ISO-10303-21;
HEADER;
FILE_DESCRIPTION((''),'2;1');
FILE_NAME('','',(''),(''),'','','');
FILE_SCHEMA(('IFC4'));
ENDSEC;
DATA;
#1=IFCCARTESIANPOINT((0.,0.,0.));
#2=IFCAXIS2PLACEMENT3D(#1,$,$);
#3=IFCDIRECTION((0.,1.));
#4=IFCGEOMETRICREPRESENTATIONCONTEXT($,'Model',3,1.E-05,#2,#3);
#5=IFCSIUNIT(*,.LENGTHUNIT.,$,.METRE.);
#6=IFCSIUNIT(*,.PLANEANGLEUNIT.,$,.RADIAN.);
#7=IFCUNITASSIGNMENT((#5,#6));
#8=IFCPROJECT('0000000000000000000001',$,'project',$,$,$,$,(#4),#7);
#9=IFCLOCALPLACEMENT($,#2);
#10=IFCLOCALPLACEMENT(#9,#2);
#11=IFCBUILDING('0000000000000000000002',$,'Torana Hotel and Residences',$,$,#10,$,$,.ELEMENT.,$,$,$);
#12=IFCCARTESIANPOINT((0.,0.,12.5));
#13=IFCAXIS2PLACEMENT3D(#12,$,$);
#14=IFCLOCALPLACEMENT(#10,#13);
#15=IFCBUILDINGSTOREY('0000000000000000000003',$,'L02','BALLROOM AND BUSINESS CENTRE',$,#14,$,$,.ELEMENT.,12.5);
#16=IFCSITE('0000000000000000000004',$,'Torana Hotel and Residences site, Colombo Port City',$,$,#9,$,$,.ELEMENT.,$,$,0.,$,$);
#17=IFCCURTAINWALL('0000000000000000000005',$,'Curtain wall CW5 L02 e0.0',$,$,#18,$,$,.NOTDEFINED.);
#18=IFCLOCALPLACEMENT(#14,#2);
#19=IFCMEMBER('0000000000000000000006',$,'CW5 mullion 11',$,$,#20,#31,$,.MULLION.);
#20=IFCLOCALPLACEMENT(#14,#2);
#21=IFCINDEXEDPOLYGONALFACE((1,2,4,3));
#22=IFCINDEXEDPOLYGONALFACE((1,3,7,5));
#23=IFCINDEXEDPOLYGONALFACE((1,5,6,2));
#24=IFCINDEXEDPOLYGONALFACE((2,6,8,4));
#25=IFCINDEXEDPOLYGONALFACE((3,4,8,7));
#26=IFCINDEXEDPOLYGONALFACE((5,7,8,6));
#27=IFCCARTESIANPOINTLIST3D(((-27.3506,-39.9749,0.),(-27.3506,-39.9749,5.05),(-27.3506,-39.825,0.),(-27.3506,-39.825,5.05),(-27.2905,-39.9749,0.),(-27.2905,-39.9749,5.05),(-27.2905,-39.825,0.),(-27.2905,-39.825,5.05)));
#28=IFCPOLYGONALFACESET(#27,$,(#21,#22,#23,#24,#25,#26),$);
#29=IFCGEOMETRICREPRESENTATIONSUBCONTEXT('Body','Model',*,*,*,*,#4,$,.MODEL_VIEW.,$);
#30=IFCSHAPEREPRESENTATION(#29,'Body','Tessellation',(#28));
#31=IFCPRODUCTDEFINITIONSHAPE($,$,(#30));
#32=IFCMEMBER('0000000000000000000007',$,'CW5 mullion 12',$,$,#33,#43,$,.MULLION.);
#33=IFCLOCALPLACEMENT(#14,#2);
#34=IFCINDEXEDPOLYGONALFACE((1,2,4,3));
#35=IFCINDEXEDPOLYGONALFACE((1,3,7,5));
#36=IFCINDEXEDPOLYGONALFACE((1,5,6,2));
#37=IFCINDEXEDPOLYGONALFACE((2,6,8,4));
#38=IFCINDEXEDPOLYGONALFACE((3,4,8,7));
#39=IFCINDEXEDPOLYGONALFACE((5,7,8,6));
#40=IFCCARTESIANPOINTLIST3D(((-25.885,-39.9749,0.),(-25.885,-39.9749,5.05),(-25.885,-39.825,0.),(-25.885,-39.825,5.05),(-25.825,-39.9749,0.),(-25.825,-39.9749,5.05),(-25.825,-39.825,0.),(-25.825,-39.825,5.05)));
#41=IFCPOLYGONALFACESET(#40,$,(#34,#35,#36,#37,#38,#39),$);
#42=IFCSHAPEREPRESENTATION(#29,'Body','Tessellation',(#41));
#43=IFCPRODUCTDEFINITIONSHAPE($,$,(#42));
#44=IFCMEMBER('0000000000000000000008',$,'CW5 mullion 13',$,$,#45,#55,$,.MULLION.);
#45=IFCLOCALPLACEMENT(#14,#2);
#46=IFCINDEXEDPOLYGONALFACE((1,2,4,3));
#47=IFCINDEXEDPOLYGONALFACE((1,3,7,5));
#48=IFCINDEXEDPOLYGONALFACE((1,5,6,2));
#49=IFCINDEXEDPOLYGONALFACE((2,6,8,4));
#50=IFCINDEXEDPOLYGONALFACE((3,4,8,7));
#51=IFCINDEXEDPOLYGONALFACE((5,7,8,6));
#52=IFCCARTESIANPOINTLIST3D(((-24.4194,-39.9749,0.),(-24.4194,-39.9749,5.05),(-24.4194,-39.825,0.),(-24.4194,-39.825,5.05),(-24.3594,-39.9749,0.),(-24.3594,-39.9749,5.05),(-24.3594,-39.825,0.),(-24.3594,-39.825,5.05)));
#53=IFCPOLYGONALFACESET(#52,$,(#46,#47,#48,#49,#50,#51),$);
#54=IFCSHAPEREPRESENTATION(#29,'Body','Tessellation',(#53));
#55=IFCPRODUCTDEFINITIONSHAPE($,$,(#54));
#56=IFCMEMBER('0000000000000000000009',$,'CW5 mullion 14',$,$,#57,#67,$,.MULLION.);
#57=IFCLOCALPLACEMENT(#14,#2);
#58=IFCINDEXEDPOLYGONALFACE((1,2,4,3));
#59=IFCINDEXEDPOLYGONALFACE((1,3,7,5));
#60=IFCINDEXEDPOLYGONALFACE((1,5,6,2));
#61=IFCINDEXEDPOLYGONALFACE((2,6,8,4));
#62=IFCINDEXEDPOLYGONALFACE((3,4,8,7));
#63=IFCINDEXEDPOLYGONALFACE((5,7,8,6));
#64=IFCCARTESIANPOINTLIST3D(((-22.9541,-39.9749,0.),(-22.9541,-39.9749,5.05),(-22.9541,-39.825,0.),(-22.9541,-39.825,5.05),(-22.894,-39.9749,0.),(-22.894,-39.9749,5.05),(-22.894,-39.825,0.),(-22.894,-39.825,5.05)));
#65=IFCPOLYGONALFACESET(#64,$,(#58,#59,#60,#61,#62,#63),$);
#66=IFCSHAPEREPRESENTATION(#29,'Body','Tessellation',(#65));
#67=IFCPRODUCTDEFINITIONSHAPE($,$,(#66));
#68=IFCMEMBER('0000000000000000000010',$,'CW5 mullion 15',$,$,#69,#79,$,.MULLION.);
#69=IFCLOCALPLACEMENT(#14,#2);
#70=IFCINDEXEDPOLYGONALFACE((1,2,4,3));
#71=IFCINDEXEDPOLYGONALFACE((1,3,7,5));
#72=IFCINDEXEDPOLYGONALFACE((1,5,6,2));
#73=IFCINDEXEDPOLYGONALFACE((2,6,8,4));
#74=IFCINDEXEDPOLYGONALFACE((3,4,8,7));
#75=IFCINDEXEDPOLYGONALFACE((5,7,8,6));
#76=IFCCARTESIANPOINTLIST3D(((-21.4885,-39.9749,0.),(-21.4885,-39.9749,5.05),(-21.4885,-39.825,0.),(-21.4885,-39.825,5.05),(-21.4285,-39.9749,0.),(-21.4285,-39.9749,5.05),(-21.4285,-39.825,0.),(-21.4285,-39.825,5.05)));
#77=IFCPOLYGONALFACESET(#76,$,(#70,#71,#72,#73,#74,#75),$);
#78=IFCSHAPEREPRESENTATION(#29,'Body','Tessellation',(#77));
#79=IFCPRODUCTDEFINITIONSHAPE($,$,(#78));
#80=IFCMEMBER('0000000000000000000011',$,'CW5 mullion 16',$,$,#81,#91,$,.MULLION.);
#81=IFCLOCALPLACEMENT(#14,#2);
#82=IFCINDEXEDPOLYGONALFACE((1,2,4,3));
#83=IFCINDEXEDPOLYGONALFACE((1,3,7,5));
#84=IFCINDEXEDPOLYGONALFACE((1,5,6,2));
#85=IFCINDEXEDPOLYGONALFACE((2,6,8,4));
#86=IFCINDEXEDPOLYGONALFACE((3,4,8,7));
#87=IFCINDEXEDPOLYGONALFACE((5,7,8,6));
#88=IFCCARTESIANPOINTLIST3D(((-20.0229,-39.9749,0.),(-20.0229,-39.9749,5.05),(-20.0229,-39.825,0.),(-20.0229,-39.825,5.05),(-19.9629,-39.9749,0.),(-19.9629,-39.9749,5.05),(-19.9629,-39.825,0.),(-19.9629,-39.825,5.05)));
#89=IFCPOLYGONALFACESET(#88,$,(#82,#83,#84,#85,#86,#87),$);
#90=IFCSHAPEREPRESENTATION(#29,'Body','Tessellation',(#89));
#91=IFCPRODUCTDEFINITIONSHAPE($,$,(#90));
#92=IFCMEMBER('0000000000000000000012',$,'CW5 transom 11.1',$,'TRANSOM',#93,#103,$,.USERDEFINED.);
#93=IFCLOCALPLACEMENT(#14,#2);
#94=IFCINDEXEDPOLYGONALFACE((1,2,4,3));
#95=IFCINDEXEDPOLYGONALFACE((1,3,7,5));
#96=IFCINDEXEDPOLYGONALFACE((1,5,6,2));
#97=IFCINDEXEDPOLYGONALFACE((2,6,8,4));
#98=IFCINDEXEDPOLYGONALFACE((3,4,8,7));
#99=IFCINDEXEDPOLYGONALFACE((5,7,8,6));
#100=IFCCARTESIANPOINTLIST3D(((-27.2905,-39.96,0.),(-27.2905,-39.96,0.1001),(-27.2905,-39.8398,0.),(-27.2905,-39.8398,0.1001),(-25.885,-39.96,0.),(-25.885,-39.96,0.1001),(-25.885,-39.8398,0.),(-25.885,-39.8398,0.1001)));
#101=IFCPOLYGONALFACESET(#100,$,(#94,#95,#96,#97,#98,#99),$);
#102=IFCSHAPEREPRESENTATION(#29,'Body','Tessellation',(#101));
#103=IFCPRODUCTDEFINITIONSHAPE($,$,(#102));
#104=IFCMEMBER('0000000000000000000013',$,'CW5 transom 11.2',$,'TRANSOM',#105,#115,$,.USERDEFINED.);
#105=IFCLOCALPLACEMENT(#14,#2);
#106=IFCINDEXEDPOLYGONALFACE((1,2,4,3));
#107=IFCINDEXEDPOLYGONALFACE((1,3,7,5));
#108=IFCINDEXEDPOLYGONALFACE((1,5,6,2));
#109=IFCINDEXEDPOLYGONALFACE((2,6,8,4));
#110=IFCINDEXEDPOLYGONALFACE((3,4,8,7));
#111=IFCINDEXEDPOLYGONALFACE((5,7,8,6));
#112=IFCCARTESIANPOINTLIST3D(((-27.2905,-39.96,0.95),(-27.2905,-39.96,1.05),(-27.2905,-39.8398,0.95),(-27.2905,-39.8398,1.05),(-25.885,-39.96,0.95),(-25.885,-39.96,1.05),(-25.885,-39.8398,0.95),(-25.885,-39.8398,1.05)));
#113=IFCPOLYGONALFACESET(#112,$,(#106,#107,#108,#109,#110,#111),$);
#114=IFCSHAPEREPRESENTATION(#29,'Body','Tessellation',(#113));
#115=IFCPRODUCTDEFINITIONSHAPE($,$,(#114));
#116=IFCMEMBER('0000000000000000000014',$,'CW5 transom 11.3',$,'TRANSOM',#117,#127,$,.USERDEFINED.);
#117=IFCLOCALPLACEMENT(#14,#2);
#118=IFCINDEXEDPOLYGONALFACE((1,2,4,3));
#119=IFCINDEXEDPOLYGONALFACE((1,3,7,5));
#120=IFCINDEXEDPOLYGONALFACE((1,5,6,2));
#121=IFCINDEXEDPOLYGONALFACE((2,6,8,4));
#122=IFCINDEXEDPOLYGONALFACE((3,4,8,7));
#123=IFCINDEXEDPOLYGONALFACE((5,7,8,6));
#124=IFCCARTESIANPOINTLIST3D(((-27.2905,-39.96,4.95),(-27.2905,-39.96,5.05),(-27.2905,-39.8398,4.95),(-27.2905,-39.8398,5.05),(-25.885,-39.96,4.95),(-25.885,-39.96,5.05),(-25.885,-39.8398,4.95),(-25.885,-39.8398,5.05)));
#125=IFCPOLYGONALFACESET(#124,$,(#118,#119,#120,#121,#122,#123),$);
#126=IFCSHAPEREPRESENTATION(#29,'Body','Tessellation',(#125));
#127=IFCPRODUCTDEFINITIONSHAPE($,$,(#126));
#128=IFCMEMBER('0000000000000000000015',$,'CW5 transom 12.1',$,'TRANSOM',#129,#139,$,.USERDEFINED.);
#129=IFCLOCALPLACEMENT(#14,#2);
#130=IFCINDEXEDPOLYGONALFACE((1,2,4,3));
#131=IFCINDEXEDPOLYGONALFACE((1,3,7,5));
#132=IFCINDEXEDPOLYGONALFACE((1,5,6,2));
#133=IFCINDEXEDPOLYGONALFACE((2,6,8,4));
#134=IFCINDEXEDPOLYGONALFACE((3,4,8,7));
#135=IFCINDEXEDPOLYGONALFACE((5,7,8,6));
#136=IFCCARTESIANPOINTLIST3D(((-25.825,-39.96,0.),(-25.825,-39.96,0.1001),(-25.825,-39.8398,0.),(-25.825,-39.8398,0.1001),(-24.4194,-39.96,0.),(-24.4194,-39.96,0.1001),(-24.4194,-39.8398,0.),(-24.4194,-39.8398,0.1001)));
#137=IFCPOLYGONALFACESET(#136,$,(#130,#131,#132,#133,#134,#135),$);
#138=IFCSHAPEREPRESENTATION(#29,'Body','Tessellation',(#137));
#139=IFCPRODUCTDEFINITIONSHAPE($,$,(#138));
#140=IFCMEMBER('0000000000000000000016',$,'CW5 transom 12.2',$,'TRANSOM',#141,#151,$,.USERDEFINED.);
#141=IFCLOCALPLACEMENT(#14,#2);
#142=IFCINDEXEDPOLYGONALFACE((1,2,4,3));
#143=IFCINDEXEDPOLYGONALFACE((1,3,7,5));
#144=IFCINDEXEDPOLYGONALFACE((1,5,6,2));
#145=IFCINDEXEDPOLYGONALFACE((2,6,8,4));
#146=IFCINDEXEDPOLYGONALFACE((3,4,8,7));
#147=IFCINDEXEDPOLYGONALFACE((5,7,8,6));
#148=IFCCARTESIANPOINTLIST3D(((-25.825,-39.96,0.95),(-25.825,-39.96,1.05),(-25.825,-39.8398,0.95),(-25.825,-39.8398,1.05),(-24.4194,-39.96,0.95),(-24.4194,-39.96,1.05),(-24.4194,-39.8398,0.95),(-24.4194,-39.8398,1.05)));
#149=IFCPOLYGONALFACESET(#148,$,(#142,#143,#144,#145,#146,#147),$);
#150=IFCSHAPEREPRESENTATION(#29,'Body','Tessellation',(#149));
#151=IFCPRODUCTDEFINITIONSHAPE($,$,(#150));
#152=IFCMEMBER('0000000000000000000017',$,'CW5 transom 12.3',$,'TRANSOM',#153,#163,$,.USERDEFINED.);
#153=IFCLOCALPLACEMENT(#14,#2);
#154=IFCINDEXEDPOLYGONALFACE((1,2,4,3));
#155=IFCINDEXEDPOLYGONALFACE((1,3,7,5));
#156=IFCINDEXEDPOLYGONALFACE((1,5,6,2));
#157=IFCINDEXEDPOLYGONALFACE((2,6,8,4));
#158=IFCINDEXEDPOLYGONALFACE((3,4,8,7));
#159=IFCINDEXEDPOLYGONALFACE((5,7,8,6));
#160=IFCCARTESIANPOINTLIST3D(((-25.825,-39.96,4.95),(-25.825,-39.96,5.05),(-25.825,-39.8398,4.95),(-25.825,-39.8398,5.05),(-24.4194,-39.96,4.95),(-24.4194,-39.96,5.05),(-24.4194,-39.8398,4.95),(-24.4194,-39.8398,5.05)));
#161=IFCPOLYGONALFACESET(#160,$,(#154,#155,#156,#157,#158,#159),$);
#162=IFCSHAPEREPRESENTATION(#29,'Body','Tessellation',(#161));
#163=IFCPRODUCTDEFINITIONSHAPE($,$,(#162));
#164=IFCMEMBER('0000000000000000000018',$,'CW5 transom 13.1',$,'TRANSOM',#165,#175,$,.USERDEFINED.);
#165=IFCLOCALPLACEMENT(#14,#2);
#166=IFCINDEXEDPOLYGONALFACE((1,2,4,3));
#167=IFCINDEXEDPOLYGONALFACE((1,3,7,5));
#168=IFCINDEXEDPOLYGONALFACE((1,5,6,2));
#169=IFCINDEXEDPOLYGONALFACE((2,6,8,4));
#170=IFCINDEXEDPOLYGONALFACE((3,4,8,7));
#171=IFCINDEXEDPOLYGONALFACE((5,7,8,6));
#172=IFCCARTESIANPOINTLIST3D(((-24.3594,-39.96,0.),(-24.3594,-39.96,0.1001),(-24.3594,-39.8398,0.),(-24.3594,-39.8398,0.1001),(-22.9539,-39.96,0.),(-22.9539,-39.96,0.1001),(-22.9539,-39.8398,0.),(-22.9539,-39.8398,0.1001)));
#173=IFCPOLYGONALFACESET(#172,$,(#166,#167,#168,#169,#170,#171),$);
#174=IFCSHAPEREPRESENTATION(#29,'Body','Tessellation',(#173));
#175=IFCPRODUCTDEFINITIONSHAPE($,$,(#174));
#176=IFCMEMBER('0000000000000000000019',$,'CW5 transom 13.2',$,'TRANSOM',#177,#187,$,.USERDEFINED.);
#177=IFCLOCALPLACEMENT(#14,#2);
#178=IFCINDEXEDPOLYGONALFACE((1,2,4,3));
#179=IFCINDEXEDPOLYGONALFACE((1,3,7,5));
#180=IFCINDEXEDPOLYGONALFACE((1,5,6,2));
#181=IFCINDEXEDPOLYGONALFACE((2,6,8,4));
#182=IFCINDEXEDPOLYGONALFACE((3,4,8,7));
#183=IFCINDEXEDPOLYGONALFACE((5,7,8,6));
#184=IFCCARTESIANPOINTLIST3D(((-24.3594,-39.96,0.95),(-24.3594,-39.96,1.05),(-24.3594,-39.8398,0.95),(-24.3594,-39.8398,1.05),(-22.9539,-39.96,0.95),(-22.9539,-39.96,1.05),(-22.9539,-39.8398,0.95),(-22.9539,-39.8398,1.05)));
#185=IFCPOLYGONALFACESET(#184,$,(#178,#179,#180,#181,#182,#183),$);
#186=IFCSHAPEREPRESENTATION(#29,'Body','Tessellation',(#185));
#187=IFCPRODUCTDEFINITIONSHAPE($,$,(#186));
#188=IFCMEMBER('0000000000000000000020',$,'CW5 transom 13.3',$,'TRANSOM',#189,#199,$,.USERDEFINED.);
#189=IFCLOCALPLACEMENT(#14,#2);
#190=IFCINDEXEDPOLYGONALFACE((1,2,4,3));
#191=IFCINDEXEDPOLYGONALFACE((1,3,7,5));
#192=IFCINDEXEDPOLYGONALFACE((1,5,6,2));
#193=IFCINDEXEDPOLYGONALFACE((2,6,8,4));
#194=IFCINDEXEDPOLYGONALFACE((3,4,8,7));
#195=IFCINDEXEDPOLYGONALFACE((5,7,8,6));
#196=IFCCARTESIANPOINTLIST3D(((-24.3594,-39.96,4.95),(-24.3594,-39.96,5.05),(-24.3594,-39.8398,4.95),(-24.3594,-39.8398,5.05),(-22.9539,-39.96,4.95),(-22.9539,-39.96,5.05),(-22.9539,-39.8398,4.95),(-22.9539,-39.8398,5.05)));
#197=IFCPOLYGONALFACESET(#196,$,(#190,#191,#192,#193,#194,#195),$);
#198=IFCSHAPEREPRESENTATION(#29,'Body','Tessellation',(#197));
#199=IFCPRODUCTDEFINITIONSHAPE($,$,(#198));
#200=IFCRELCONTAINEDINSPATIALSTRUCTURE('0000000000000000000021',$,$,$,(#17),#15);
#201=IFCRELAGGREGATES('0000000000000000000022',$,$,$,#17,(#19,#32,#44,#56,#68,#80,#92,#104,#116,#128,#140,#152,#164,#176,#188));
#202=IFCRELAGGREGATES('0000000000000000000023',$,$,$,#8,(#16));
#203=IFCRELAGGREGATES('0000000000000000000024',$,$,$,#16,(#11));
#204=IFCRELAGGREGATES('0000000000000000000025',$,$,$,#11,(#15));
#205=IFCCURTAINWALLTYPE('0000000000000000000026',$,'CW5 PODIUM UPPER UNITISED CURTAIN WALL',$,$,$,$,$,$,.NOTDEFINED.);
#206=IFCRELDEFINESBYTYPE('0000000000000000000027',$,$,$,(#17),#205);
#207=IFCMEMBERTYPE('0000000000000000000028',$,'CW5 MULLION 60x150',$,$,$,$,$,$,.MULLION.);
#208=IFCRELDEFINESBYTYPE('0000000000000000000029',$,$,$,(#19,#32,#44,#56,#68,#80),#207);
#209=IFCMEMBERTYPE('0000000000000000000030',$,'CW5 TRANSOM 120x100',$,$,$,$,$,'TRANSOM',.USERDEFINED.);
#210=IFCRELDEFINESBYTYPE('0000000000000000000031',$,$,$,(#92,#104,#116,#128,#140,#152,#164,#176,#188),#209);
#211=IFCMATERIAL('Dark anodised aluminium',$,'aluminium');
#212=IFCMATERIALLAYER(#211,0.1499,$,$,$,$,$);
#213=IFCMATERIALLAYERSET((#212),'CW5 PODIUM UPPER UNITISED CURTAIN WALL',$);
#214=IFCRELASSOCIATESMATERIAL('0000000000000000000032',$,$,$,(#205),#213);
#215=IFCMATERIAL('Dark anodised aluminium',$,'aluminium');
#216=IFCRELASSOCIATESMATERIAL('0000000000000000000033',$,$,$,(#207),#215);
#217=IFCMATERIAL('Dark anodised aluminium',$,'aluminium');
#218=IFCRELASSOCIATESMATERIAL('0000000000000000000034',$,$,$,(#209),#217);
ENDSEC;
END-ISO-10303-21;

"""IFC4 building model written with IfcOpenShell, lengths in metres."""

from ifc_helpers import new_model, si_unit, direction, frame, origin, origin_2d, place, context, subcontext, project, spatial, rectangle, extrude, material, layer, layer_set, material_profile, profile_set, type_object, element, aggregate, save


model = new_model("IFC4")

# Units and contexts
model_context = context("Model", 3, precision=1e-05, world=origin(), true_north=direction((0.0, 1.0)))
body_context = subcontext(model_context, "Body", "Model", "MODEL_VIEW")
ifc_project = project(units=[si_unit("LENGTHUNIT", "METRE"), si_unit("PLANEANGLEUNIT", "RADIAN")], contexts=[model_context])

# Site, building, storey
site_placement = place(None, origin())
site = spatial("IfcSite", under=ifc_project, at=site_placement, Name="Torana Hotel and Residences site, Colombo Port City", CompositionType="ELEMENT", RefElevation=0.0)
building_placement = place(site_placement, origin())
building = spatial("IfcBuilding", under=site, at=building_placement, Name="Torana Hotel and Residences", CompositionType="ELEMENT")
storey_placement = place(building_placement, frame((0.0, 0.0, 12.5)))
storey = spatial("IfcBuildingStorey", under=building, at=storey_placement, Name="L02", Description="BALLROOM AND BUSINESS CENTRE", CompositionType="ELEMENT", Elevation=12.5)

# Curtain wall, members
ifc_material_1 = material(Name="Dark anodised aluminium", Category="aluminium")
ifc_layer_1 = layer(ifc_material_1, 0.1499)
ifc_layer_set_1 = layer_set([ifc_layer_1], Name="CW5 PODIUM UPPER UNITISED CURTAIN WALL")
curtain_wall_type = type_object("IfcCurtainWallType", Name="CW5 PODIUM UPPER UNITISED CURTAIN WALL", PredefinedType="NOTDEFINED", material=ifc_layer_set_1)
curtain_wall_placement = place(storey_placement, origin())
curtain_wall = element("IfcCurtainWall", 1, at=curtain_wall_placement, inside=storey, type_object=curtain_wall_type, Name="Curtain wall CW5 L02 e0.0", PredefinedType="NOTDEFINED")
ifc_material_2 = material(Name="Dark anodised aluminium", Category="aluminium")
ifc_material_profile_1 = material_profile(ifc_material_2, rectangle(XDim=0.1499, YDim=0.0601, at=origin_2d()), Name="CW5 MULLION 60x150")
ifc_profile_set_1 = profile_set([ifc_material_profile_1], Name="Dark anodised aluminium")
member_type_1 = type_object("IfcMemberType", Name="CW5 MULLION 60x150", PredefinedType="MULLION", material=ifc_profile_set_1)
member_1_placement = place(storey_placement, frame((-27.3206, -39.8999, 0.0), z_axis=(0.0, 0.0, 1.0), x_axis=(0.0, 1.0, 0.0)))
member_1 = element("IfcMember", 2, at=member_1_placement, type_object=member_type_1, Name="CW5 mullion 11", PredefinedType="MULLION", context=body_context, shape_type="SweptSolid", body=[
    extrude(rectangle(XDim=0.1499, YDim=0.0601, at=origin_2d()), origin(), (0.0, 0.0, 1.0), 5.05),
])
member_2_placement = place(storey_placement, frame((-25.855, -39.8999, 0.0), z_axis=(0.0, 0.0, 1.0), x_axis=(0.0, 1.0, 0.0)))
member_2 = element("IfcMember", 3, at=member_2_placement, type_object=member_type_1, Name="CW5 mullion 12", PredefinedType="MULLION", context=body_context, shape_type="SweptSolid", body=[
    extrude(rectangle(XDim=0.1499, YDim=0.0601, at=origin_2d()), origin(), (0.0, 0.0, 1.0), 5.05),
])
member_3_placement = place(storey_placement, frame((-24.3894, -39.8999, 0.0), z_axis=(0.0, 0.0, 1.0), x_axis=(0.0, 1.0, 0.0)))
member_3 = element("IfcMember", 4, at=member_3_placement, type_object=member_type_1, Name="CW5 mullion 13", PredefinedType="MULLION", context=body_context, shape_type="SweptSolid", body=[
    extrude(rectangle(XDim=0.1499, YDim=0.0601, at=origin_2d()), origin(), (0.0, 0.0, 1.0), 5.05),
])
member_4_placement = place(storey_placement, frame((-22.9241, -39.8999, 0.0), z_axis=(0.0, 0.0, 1.0), x_axis=(0.0, 1.0, 0.0)))
member_4 = element("IfcMember", 5, at=member_4_placement, type_object=member_type_1, Name="CW5 mullion 14", PredefinedType="MULLION", context=body_context, shape_type="SweptSolid", body=[
    extrude(rectangle(XDim=0.1499, YDim=0.0601, at=origin_2d()), origin(), (0.0, 0.0, 1.0), 5.05),
])
member_5_placement = place(storey_placement, frame((-21.4585, -39.8999, 0.0), z_axis=(0.0, 0.0, 1.0), x_axis=(0.0, 1.0, 0.0)))
member_5 = element("IfcMember", 6, at=member_5_placement, type_object=member_type_1, Name="CW5 mullion 15", PredefinedType="MULLION", context=body_context, shape_type="SweptSolid", body=[
    extrude(rectangle(XDim=0.1499, YDim=0.0601, at=origin_2d()), origin(), (0.0, 0.0, 1.0), 5.05),
])
member_6_placement = place(storey_placement, frame((-19.9929, -39.8999, 0.0), z_axis=(0.0, 0.0, 1.0), x_axis=(0.0, 1.0, 0.0)))
member_6 = element("IfcMember", 7, at=member_6_placement, type_object=member_type_1, Name="CW5 mullion 16", PredefinedType="MULLION", context=body_context, shape_type="SweptSolid", body=[
    extrude(rectangle(XDim=0.1499, YDim=0.0601, at=origin_2d()), origin(), (0.0, 0.0, 1.0), 5.05),
])
ifc_material_3 = material(Name="Dark anodised aluminium", Category="aluminium")
ifc_material_profile_2 = material_profile(ifc_material_3, rectangle(XDim=0.1201, YDim=0.1001, at=origin_2d()), Name="CW5 TRANSOM 120x100")
ifc_profile_set_2 = profile_set([ifc_material_profile_2], Name="Dark anodised aluminium")
member_type_2 = type_object("IfcMemberType", Name="CW5 TRANSOM 120x100", ElementType="TRANSOM", PredefinedType="USERDEFINED", material=ifc_profile_set_2)
member_7_placement = place(storey_placement, frame((-27.2905, -39.8999, 0.05), z_axis=(1.0, 0.0, 0.0), x_axis=(0.0, 1.0, 0.0)))
member_7 = element("IfcMember", 8, at=member_7_placement, type_object=member_type_2, Name="CW5 transom 11.1", ObjectType="TRANSOM", PredefinedType="USERDEFINED", context=body_context, shape_type="SweptSolid", body=[
    extrude(rectangle(XDim=0.1201, YDim=0.1001, at=origin_2d()), origin(), (0.0, 0.0, 1.0), 1.4055),
])
member_8_placement = place(storey_placement, frame((-27.2905, -39.8999, 1.0), z_axis=(1.0, 0.0, 0.0), x_axis=(0.0, 1.0, 0.0)))
member_8 = element("IfcMember", 9, at=member_8_placement, type_object=member_type_2, Name="CW5 transom 11.2", ObjectType="TRANSOM", PredefinedType="USERDEFINED", context=body_context, shape_type="SweptSolid", body=[
    extrude(rectangle(XDim=0.1201, YDim=0.1001, at=origin_2d()), origin(), (0.0, 0.0, 1.0), 1.4055),
])
member_9_placement = place(storey_placement, frame((-27.2905, -39.8999, 5.0), z_axis=(1.0, 0.0, 0.0), x_axis=(0.0, 1.0, 0.0)))
member_9 = element("IfcMember", 10, at=member_9_placement, type_object=member_type_2, Name="CW5 transom 11.3", ObjectType="TRANSOM", PredefinedType="USERDEFINED", context=body_context, shape_type="SweptSolid", body=[
    extrude(rectangle(XDim=0.1201, YDim=0.1001, at=origin_2d()), origin(), (0.0, 0.0, 1.0), 1.4055),
])
member_10_placement = place(storey_placement, frame((-25.825, -39.8999, 0.05), z_axis=(1.0, 0.0, 0.0), x_axis=(0.0, 1.0, 0.0)))
member_10 = element("IfcMember", 11, at=member_10_placement, type_object=member_type_2, Name="CW5 transom 12.1", ObjectType="TRANSOM", PredefinedType="USERDEFINED", context=body_context, shape_type="SweptSolid", body=[
    extrude(rectangle(XDim=0.1201, YDim=0.1001, at=origin_2d()), origin(), (0.0, 0.0, 1.0), 1.4055),
])
member_11_placement = place(storey_placement, frame((-25.825, -39.8999, 1.0), z_axis=(1.0, 0.0, 0.0), x_axis=(0.0, 1.0, 0.0)))
member_11 = element("IfcMember", 12, at=member_11_placement, type_object=member_type_2, Name="CW5 transom 12.2", ObjectType="TRANSOM", PredefinedType="USERDEFINED", context=body_context, shape_type="SweptSolid", body=[
    extrude(rectangle(XDim=0.1201, YDim=0.1001, at=origin_2d()), origin(), (0.0, 0.0, 1.0), 1.4055),
])
member_12_placement = place(storey_placement, frame((-25.825, -39.8999, 5.0), z_axis=(1.0, 0.0, 0.0), x_axis=(0.0, 1.0, 0.0)))
member_12 = element("IfcMember", 13, at=member_12_placement, type_object=member_type_2, Name="CW5 transom 12.3", ObjectType="TRANSOM", PredefinedType="USERDEFINED", context=body_context, shape_type="SweptSolid", body=[
    extrude(rectangle(XDim=0.1201, YDim=0.1001, at=origin_2d()), origin(), (0.0, 0.0, 1.0), 1.4055),
])
member_13_placement = place(storey_placement, frame((-24.3594, -39.8999, 0.05), z_axis=(1.0, 0.0, 0.0), x_axis=(0.0, 1.0, 0.0)))
member_13 = element("IfcMember", 14, at=member_13_placement, type_object=member_type_2, Name="CW5 transom 13.1", ObjectType="TRANSOM", PredefinedType="USERDEFINED", context=body_context, shape_type="SweptSolid", body=[
    extrude(rectangle(XDim=0.1201, YDim=0.1001, at=origin_2d()), origin(), (0.0, 0.0, 1.0), 1.4055),
])
member_14_placement = place(storey_placement, frame((-24.3594, -39.8999, 1.0), z_axis=(1.0, 0.0, 0.0), x_axis=(0.0, 1.0, 0.0)))
member_14 = element("IfcMember", 15, at=member_14_placement, type_object=member_type_2, Name="CW5 transom 13.2", ObjectType="TRANSOM", PredefinedType="USERDEFINED", context=body_context, shape_type="SweptSolid", body=[
    extrude(rectangle(XDim=0.1201, YDim=0.1001, at=origin_2d()), origin(), (0.0, 0.0, 1.0), 1.4055),
])
member_15_placement = place(storey_placement, frame((-24.3594, -39.8999, 5.0), z_axis=(1.0, 0.0, 0.0), x_axis=(0.0, 1.0, 0.0)))
member_15 = element("IfcMember", 16, at=member_15_placement, type_object=member_type_2, Name="CW5 transom 13.3", ObjectType="TRANSOM", PredefinedType="USERDEFINED", context=body_context, shape_type="SweptSolid", body=[
    extrude(rectangle(XDim=0.1201, YDim=0.1001, at=origin_2d()), origin(), (0.0, 0.0, 1.0), 1.4055),
])
aggregate(curtain_wall, [member_1, member_2, member_3, member_4, member_5, member_6, member_7, member_8, member_9, member_10, member_11, member_12, member_13, member_14, member_15])

save(model, "model.ifc")
